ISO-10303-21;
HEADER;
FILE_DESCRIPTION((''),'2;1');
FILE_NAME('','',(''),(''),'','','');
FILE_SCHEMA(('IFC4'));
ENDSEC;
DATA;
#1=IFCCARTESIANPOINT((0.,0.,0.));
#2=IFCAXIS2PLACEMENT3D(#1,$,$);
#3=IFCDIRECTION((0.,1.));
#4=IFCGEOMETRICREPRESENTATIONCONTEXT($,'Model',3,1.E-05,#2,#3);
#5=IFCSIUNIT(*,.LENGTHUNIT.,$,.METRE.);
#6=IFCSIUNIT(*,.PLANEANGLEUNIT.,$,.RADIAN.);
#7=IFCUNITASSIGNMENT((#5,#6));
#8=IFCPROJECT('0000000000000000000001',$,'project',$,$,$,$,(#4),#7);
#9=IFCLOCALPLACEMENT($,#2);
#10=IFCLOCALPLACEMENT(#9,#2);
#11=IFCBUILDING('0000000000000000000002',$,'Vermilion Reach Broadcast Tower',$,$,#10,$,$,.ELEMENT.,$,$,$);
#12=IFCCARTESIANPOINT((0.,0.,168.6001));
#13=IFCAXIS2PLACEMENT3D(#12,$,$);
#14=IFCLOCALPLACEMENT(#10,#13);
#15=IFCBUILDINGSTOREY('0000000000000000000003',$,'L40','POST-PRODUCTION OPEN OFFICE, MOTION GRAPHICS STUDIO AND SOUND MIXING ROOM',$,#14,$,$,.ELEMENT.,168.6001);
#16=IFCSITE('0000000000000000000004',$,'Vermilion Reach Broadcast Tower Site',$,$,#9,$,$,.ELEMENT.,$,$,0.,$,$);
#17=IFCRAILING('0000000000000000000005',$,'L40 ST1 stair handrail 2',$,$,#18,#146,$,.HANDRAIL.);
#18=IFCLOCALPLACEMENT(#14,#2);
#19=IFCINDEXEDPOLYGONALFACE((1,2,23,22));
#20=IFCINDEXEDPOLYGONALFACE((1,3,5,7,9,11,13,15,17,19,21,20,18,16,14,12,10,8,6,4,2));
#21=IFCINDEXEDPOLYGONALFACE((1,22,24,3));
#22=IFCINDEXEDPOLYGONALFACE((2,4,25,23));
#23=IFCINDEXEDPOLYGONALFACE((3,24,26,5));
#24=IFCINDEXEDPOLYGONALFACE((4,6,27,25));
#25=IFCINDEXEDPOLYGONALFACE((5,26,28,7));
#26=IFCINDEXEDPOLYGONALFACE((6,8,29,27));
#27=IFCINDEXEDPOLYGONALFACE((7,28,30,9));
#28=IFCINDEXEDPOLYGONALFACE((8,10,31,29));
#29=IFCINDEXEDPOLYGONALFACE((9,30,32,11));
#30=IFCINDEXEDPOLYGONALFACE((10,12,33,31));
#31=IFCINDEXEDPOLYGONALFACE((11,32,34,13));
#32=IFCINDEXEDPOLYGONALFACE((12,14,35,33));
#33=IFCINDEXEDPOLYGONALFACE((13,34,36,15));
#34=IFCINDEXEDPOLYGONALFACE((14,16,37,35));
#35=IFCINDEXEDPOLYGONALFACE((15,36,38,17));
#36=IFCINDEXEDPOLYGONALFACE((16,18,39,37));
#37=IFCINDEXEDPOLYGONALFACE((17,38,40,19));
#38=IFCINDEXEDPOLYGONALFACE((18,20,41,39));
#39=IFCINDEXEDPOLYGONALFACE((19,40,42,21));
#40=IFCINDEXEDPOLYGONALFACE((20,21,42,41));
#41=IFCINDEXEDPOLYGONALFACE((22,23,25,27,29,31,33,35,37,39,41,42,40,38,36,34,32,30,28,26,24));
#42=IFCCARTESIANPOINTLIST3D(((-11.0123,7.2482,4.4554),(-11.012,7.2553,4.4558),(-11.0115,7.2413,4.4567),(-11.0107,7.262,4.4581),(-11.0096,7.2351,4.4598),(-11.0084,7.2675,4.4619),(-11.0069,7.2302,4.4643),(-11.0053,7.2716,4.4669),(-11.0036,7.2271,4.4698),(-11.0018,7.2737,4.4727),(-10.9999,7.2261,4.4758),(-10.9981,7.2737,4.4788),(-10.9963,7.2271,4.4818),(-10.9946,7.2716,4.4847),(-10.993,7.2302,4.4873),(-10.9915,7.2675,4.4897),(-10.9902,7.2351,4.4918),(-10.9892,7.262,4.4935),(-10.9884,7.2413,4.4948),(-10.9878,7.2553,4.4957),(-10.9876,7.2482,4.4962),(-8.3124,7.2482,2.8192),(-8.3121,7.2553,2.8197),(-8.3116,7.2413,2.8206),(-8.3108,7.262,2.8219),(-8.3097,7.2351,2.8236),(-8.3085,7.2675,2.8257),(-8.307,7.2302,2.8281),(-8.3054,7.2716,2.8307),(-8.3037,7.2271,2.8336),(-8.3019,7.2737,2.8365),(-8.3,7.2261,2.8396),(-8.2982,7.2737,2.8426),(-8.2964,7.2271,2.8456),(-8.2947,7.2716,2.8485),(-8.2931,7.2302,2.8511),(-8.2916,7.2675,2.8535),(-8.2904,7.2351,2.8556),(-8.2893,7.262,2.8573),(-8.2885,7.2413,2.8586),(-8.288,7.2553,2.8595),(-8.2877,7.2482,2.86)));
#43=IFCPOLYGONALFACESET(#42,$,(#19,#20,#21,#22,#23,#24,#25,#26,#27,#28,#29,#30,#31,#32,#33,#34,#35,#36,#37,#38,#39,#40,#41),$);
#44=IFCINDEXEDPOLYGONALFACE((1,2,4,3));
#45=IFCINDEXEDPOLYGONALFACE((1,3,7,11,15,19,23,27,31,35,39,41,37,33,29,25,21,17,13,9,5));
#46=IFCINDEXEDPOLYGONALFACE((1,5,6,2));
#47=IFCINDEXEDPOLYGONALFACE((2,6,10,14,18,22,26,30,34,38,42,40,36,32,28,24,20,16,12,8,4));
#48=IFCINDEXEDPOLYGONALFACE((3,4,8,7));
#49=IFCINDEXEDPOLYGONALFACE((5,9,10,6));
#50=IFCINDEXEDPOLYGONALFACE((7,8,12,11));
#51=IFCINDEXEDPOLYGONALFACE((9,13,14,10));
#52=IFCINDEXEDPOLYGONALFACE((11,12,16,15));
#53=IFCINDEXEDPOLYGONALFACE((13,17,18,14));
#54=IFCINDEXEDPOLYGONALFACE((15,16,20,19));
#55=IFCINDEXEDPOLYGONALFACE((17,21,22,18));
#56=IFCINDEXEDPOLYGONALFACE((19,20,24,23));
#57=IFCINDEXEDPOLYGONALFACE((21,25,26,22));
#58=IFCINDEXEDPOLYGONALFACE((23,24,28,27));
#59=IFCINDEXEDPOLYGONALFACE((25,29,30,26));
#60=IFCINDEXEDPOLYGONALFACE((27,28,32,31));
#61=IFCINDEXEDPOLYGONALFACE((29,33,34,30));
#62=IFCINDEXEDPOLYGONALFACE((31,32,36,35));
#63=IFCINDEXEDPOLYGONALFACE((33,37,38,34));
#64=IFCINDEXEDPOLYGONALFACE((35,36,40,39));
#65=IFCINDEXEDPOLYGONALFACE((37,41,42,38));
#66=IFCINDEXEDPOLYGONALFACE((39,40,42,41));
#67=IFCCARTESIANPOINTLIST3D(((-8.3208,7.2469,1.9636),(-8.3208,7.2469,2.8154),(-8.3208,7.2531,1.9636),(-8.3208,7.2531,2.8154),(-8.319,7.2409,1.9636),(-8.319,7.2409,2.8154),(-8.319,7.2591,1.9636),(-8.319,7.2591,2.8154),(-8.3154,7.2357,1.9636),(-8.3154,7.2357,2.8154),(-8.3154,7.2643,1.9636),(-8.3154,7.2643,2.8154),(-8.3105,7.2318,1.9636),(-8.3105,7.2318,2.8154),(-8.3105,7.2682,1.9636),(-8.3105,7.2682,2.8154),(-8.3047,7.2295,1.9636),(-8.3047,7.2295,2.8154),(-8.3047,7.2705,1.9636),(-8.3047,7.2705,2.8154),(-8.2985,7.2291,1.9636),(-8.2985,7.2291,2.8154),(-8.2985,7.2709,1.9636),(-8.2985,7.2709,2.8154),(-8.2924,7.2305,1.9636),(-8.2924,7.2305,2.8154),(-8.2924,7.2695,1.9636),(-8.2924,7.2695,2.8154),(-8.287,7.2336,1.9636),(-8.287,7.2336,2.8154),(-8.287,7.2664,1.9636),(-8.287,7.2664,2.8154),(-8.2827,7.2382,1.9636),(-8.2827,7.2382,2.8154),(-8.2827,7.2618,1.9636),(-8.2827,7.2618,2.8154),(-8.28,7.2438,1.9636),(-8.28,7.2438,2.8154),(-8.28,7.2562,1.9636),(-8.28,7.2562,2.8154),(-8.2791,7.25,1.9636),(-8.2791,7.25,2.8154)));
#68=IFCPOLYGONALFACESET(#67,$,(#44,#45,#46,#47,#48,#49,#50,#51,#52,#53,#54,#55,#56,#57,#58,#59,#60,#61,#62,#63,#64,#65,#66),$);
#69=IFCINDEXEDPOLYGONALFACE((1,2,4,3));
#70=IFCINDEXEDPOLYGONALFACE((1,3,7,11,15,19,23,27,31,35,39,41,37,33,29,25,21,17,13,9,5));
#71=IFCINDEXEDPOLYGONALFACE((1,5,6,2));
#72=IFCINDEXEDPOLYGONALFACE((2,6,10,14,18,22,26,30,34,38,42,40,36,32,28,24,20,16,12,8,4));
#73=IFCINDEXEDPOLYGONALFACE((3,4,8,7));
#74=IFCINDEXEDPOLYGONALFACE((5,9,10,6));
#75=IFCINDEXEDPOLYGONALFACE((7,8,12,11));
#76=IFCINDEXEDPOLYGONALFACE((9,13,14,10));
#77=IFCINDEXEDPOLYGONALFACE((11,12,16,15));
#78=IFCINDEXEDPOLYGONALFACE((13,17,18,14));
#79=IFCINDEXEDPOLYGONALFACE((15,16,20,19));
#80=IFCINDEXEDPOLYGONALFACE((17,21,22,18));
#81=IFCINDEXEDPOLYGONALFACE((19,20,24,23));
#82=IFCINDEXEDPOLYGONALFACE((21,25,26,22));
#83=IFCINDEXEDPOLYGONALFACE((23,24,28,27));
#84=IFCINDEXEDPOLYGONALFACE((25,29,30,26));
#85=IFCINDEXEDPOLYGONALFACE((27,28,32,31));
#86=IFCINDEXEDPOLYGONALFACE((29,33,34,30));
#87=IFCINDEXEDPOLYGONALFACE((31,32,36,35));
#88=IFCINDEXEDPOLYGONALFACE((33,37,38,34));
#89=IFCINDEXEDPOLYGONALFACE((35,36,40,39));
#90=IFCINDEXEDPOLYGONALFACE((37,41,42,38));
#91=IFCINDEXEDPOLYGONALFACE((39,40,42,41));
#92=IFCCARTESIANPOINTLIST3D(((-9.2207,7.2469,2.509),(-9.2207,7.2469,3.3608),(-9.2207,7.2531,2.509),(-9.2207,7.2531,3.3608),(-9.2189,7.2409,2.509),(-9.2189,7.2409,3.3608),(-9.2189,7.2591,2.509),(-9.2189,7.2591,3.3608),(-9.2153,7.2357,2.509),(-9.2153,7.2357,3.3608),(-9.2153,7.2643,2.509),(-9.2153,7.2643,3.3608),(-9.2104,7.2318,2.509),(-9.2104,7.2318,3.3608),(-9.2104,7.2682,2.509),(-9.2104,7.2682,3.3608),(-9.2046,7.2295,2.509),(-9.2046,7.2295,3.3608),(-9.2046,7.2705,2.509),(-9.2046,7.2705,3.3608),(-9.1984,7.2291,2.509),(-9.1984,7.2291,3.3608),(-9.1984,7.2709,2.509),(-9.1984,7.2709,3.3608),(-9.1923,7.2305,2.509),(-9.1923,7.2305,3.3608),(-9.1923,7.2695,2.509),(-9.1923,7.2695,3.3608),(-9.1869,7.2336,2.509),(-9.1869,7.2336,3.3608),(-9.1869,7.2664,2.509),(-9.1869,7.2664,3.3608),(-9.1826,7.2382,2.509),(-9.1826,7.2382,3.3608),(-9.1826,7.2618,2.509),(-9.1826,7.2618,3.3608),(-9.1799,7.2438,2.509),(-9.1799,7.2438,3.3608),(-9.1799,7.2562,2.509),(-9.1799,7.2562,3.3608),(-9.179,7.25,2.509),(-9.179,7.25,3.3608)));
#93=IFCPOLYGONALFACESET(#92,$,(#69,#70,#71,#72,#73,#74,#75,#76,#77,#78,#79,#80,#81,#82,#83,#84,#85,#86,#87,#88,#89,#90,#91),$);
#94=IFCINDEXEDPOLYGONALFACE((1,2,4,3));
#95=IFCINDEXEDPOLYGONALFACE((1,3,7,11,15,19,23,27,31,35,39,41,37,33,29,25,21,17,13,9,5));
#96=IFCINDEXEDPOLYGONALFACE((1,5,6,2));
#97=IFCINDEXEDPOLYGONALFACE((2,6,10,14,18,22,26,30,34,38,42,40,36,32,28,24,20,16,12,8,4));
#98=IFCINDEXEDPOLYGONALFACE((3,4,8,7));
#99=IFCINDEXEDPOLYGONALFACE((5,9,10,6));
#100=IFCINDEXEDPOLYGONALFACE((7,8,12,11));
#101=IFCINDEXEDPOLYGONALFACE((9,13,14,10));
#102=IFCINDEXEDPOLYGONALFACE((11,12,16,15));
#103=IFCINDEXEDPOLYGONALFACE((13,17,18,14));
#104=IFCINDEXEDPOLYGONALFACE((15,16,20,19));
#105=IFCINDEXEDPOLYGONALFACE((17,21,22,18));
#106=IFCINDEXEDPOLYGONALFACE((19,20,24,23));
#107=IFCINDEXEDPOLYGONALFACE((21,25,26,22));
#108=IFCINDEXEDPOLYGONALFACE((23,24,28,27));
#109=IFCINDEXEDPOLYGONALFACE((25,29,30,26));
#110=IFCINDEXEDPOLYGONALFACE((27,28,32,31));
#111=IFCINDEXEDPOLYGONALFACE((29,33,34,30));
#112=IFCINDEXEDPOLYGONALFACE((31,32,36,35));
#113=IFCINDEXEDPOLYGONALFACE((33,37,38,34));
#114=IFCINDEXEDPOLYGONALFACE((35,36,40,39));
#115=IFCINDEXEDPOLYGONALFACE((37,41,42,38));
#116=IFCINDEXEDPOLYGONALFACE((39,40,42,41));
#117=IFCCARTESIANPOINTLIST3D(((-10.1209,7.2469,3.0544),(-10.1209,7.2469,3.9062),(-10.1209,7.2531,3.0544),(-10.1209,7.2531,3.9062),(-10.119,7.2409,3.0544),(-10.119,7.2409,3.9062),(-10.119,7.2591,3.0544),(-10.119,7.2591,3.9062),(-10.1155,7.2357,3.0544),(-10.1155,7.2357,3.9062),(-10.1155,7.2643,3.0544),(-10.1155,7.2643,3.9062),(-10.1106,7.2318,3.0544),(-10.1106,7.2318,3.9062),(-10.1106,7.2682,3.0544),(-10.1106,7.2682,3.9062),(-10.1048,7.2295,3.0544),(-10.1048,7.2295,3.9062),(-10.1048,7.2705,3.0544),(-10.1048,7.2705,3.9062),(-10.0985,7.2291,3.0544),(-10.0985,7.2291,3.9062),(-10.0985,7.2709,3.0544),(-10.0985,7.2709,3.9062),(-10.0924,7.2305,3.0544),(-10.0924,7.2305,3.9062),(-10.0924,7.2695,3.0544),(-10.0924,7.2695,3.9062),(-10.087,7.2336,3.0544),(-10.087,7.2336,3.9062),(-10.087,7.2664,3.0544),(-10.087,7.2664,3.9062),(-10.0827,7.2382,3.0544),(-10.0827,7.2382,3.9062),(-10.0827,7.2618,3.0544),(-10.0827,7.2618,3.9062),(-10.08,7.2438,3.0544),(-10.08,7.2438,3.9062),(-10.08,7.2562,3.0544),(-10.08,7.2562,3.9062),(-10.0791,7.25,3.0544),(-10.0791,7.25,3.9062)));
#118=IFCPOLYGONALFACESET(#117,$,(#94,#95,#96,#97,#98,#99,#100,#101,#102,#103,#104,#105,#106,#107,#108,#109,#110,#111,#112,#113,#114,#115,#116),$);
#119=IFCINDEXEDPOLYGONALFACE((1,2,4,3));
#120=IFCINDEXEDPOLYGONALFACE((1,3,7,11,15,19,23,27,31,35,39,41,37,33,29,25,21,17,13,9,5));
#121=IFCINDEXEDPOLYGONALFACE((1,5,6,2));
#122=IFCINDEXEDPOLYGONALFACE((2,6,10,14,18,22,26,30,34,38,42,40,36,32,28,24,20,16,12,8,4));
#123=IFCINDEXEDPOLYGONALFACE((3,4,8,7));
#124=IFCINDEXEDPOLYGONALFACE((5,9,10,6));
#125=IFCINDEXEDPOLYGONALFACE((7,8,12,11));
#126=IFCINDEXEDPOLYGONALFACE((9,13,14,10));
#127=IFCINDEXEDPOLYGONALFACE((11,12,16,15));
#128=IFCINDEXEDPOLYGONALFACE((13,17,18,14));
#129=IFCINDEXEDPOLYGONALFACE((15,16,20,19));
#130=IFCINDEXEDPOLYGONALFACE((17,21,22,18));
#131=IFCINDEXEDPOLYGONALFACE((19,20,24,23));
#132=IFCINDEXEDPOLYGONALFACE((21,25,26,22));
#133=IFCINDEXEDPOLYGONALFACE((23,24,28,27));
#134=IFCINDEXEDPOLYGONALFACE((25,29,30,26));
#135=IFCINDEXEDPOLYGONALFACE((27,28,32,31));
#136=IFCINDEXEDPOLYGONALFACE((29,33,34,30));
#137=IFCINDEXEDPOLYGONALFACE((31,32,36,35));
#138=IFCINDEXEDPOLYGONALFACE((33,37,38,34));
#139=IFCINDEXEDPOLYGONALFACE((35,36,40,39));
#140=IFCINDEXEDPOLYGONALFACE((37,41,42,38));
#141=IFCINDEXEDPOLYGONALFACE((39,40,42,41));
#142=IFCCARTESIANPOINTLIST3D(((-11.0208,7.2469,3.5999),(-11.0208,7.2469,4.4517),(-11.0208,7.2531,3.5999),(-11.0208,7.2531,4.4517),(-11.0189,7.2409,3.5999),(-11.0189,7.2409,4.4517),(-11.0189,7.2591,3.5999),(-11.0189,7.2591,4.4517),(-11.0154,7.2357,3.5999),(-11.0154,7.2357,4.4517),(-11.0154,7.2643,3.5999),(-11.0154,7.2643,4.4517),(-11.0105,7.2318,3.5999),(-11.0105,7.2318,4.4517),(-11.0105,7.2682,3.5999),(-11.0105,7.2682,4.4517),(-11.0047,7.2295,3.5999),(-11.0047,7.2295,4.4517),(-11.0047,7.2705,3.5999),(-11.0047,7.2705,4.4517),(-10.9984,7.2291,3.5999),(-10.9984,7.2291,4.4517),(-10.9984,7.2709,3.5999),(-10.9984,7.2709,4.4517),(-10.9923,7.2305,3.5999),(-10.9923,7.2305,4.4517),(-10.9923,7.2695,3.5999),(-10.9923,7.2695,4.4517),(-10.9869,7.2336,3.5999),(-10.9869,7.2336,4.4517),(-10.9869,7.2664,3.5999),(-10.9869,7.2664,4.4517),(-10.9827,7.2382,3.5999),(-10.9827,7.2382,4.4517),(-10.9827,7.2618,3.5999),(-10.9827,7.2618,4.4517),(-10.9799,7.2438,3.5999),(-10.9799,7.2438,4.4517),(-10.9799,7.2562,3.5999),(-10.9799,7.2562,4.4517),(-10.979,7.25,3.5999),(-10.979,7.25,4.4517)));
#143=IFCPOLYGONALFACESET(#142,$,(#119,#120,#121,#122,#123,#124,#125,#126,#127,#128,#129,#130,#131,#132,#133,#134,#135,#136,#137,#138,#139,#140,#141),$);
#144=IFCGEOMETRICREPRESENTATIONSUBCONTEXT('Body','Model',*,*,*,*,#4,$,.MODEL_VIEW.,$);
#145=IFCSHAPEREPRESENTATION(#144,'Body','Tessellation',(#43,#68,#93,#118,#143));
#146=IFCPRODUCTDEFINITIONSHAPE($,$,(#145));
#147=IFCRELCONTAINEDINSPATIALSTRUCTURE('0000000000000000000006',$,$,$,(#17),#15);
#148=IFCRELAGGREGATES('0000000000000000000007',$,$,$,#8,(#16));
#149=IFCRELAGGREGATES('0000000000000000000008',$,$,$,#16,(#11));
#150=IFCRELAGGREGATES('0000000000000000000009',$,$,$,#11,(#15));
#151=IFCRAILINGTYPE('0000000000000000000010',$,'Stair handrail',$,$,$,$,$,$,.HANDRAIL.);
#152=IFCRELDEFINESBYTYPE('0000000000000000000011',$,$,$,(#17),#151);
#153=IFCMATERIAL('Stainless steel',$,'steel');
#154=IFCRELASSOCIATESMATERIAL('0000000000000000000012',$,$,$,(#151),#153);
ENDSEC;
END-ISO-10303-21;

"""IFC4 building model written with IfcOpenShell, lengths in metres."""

from ifc_helpers import new_model, si_unit, direction, frame, origin, origin_2d, place, context, subcontext, project, spatial, circle, extrude, material, type_object, element, save


model = new_model("IFC4")

# Units and contexts
model_context = context("Model", 3, precision=1e-05, world=origin(), true_north=direction((0.0, 1.0)))
body_context = subcontext(model_context, "Body", "Model", "MODEL_VIEW")
ifc_project = project(units=[si_unit("LENGTHUNIT", "METRE"), si_unit("PLANEANGLEUNIT", "RADIAN")], contexts=[model_context])

# Site, building, storey
site_placement = place(None, origin())
site = spatial("IfcSite", under=ifc_project, at=site_placement, Name="Vermilion Reach Broadcast Tower Site", CompositionType="ELEMENT", RefElevation=0.0)
building_placement = place(site_placement, origin())
building = spatial("IfcBuilding", under=site, at=building_placement, Name="Vermilion Reach Broadcast Tower", CompositionType="ELEMENT")
storey_placement = place(building_placement, frame((0.0, 0.0, 168.6001)))
storey = spatial("IfcBuildingStorey", under=building, at=storey_placement, Name="L40", Description="POST-PRODUCTION OPEN OFFICE, MOTION GRAPHICS STUDIO AND SOUND MIXING ROOM", CompositionType="ELEMENT", Elevation=168.6001)

# Railing
ifc_material_1 = material(Name="Stainless steel", Category="steel")
railing_type_1 = type_object("IfcRailingType", Name="Stair handrail", PredefinedType="HANDRAIL", material=ifc_material_1)
railing_1_placement = place(storey_placement, frame((-8.3, 7.25, 1.9636)))
element("IfcRailing", 1, at=railing_1_placement, inside=storey, type_object=railing_type_1, Name="L40 ST1 stair handrail 2", PredefinedType="HANDRAIL", context=body_context, shape_type="SweptSolid", body=[
    extrude(circle(Radius=0.0239, at=origin_2d()), frame((0.0, 0.0, 0.876), z_axis=(-0.855212, 0.0, 0.518278), x_axis=(0.0, -1.0, 0.0)), (0.0, 0.0, 1.0), 3.157),
    extrude(circle(Radius=0.021, at=origin_2d()), origin(), (0.0, 0.0, 1.0), 0.8518),
    extrude(circle(Radius=0.021, at=origin_2d()), frame((-0.8999, 0.0, 0.5454)), (0.0, 0.0, 1.0), 0.8518),
    extrude(circle(Radius=0.021, at=origin_2d()), frame((-1.8, 0.0, 1.0908)), (0.0, 0.0, 1.0), 0.8518),
    extrude(circle(Radius=0.021, at=origin_2d()), frame((-2.7, 0.0, 1.6362)), (0.0, 0.0, 1.0), 0.8518),
])

save(model, "model.ifc")
